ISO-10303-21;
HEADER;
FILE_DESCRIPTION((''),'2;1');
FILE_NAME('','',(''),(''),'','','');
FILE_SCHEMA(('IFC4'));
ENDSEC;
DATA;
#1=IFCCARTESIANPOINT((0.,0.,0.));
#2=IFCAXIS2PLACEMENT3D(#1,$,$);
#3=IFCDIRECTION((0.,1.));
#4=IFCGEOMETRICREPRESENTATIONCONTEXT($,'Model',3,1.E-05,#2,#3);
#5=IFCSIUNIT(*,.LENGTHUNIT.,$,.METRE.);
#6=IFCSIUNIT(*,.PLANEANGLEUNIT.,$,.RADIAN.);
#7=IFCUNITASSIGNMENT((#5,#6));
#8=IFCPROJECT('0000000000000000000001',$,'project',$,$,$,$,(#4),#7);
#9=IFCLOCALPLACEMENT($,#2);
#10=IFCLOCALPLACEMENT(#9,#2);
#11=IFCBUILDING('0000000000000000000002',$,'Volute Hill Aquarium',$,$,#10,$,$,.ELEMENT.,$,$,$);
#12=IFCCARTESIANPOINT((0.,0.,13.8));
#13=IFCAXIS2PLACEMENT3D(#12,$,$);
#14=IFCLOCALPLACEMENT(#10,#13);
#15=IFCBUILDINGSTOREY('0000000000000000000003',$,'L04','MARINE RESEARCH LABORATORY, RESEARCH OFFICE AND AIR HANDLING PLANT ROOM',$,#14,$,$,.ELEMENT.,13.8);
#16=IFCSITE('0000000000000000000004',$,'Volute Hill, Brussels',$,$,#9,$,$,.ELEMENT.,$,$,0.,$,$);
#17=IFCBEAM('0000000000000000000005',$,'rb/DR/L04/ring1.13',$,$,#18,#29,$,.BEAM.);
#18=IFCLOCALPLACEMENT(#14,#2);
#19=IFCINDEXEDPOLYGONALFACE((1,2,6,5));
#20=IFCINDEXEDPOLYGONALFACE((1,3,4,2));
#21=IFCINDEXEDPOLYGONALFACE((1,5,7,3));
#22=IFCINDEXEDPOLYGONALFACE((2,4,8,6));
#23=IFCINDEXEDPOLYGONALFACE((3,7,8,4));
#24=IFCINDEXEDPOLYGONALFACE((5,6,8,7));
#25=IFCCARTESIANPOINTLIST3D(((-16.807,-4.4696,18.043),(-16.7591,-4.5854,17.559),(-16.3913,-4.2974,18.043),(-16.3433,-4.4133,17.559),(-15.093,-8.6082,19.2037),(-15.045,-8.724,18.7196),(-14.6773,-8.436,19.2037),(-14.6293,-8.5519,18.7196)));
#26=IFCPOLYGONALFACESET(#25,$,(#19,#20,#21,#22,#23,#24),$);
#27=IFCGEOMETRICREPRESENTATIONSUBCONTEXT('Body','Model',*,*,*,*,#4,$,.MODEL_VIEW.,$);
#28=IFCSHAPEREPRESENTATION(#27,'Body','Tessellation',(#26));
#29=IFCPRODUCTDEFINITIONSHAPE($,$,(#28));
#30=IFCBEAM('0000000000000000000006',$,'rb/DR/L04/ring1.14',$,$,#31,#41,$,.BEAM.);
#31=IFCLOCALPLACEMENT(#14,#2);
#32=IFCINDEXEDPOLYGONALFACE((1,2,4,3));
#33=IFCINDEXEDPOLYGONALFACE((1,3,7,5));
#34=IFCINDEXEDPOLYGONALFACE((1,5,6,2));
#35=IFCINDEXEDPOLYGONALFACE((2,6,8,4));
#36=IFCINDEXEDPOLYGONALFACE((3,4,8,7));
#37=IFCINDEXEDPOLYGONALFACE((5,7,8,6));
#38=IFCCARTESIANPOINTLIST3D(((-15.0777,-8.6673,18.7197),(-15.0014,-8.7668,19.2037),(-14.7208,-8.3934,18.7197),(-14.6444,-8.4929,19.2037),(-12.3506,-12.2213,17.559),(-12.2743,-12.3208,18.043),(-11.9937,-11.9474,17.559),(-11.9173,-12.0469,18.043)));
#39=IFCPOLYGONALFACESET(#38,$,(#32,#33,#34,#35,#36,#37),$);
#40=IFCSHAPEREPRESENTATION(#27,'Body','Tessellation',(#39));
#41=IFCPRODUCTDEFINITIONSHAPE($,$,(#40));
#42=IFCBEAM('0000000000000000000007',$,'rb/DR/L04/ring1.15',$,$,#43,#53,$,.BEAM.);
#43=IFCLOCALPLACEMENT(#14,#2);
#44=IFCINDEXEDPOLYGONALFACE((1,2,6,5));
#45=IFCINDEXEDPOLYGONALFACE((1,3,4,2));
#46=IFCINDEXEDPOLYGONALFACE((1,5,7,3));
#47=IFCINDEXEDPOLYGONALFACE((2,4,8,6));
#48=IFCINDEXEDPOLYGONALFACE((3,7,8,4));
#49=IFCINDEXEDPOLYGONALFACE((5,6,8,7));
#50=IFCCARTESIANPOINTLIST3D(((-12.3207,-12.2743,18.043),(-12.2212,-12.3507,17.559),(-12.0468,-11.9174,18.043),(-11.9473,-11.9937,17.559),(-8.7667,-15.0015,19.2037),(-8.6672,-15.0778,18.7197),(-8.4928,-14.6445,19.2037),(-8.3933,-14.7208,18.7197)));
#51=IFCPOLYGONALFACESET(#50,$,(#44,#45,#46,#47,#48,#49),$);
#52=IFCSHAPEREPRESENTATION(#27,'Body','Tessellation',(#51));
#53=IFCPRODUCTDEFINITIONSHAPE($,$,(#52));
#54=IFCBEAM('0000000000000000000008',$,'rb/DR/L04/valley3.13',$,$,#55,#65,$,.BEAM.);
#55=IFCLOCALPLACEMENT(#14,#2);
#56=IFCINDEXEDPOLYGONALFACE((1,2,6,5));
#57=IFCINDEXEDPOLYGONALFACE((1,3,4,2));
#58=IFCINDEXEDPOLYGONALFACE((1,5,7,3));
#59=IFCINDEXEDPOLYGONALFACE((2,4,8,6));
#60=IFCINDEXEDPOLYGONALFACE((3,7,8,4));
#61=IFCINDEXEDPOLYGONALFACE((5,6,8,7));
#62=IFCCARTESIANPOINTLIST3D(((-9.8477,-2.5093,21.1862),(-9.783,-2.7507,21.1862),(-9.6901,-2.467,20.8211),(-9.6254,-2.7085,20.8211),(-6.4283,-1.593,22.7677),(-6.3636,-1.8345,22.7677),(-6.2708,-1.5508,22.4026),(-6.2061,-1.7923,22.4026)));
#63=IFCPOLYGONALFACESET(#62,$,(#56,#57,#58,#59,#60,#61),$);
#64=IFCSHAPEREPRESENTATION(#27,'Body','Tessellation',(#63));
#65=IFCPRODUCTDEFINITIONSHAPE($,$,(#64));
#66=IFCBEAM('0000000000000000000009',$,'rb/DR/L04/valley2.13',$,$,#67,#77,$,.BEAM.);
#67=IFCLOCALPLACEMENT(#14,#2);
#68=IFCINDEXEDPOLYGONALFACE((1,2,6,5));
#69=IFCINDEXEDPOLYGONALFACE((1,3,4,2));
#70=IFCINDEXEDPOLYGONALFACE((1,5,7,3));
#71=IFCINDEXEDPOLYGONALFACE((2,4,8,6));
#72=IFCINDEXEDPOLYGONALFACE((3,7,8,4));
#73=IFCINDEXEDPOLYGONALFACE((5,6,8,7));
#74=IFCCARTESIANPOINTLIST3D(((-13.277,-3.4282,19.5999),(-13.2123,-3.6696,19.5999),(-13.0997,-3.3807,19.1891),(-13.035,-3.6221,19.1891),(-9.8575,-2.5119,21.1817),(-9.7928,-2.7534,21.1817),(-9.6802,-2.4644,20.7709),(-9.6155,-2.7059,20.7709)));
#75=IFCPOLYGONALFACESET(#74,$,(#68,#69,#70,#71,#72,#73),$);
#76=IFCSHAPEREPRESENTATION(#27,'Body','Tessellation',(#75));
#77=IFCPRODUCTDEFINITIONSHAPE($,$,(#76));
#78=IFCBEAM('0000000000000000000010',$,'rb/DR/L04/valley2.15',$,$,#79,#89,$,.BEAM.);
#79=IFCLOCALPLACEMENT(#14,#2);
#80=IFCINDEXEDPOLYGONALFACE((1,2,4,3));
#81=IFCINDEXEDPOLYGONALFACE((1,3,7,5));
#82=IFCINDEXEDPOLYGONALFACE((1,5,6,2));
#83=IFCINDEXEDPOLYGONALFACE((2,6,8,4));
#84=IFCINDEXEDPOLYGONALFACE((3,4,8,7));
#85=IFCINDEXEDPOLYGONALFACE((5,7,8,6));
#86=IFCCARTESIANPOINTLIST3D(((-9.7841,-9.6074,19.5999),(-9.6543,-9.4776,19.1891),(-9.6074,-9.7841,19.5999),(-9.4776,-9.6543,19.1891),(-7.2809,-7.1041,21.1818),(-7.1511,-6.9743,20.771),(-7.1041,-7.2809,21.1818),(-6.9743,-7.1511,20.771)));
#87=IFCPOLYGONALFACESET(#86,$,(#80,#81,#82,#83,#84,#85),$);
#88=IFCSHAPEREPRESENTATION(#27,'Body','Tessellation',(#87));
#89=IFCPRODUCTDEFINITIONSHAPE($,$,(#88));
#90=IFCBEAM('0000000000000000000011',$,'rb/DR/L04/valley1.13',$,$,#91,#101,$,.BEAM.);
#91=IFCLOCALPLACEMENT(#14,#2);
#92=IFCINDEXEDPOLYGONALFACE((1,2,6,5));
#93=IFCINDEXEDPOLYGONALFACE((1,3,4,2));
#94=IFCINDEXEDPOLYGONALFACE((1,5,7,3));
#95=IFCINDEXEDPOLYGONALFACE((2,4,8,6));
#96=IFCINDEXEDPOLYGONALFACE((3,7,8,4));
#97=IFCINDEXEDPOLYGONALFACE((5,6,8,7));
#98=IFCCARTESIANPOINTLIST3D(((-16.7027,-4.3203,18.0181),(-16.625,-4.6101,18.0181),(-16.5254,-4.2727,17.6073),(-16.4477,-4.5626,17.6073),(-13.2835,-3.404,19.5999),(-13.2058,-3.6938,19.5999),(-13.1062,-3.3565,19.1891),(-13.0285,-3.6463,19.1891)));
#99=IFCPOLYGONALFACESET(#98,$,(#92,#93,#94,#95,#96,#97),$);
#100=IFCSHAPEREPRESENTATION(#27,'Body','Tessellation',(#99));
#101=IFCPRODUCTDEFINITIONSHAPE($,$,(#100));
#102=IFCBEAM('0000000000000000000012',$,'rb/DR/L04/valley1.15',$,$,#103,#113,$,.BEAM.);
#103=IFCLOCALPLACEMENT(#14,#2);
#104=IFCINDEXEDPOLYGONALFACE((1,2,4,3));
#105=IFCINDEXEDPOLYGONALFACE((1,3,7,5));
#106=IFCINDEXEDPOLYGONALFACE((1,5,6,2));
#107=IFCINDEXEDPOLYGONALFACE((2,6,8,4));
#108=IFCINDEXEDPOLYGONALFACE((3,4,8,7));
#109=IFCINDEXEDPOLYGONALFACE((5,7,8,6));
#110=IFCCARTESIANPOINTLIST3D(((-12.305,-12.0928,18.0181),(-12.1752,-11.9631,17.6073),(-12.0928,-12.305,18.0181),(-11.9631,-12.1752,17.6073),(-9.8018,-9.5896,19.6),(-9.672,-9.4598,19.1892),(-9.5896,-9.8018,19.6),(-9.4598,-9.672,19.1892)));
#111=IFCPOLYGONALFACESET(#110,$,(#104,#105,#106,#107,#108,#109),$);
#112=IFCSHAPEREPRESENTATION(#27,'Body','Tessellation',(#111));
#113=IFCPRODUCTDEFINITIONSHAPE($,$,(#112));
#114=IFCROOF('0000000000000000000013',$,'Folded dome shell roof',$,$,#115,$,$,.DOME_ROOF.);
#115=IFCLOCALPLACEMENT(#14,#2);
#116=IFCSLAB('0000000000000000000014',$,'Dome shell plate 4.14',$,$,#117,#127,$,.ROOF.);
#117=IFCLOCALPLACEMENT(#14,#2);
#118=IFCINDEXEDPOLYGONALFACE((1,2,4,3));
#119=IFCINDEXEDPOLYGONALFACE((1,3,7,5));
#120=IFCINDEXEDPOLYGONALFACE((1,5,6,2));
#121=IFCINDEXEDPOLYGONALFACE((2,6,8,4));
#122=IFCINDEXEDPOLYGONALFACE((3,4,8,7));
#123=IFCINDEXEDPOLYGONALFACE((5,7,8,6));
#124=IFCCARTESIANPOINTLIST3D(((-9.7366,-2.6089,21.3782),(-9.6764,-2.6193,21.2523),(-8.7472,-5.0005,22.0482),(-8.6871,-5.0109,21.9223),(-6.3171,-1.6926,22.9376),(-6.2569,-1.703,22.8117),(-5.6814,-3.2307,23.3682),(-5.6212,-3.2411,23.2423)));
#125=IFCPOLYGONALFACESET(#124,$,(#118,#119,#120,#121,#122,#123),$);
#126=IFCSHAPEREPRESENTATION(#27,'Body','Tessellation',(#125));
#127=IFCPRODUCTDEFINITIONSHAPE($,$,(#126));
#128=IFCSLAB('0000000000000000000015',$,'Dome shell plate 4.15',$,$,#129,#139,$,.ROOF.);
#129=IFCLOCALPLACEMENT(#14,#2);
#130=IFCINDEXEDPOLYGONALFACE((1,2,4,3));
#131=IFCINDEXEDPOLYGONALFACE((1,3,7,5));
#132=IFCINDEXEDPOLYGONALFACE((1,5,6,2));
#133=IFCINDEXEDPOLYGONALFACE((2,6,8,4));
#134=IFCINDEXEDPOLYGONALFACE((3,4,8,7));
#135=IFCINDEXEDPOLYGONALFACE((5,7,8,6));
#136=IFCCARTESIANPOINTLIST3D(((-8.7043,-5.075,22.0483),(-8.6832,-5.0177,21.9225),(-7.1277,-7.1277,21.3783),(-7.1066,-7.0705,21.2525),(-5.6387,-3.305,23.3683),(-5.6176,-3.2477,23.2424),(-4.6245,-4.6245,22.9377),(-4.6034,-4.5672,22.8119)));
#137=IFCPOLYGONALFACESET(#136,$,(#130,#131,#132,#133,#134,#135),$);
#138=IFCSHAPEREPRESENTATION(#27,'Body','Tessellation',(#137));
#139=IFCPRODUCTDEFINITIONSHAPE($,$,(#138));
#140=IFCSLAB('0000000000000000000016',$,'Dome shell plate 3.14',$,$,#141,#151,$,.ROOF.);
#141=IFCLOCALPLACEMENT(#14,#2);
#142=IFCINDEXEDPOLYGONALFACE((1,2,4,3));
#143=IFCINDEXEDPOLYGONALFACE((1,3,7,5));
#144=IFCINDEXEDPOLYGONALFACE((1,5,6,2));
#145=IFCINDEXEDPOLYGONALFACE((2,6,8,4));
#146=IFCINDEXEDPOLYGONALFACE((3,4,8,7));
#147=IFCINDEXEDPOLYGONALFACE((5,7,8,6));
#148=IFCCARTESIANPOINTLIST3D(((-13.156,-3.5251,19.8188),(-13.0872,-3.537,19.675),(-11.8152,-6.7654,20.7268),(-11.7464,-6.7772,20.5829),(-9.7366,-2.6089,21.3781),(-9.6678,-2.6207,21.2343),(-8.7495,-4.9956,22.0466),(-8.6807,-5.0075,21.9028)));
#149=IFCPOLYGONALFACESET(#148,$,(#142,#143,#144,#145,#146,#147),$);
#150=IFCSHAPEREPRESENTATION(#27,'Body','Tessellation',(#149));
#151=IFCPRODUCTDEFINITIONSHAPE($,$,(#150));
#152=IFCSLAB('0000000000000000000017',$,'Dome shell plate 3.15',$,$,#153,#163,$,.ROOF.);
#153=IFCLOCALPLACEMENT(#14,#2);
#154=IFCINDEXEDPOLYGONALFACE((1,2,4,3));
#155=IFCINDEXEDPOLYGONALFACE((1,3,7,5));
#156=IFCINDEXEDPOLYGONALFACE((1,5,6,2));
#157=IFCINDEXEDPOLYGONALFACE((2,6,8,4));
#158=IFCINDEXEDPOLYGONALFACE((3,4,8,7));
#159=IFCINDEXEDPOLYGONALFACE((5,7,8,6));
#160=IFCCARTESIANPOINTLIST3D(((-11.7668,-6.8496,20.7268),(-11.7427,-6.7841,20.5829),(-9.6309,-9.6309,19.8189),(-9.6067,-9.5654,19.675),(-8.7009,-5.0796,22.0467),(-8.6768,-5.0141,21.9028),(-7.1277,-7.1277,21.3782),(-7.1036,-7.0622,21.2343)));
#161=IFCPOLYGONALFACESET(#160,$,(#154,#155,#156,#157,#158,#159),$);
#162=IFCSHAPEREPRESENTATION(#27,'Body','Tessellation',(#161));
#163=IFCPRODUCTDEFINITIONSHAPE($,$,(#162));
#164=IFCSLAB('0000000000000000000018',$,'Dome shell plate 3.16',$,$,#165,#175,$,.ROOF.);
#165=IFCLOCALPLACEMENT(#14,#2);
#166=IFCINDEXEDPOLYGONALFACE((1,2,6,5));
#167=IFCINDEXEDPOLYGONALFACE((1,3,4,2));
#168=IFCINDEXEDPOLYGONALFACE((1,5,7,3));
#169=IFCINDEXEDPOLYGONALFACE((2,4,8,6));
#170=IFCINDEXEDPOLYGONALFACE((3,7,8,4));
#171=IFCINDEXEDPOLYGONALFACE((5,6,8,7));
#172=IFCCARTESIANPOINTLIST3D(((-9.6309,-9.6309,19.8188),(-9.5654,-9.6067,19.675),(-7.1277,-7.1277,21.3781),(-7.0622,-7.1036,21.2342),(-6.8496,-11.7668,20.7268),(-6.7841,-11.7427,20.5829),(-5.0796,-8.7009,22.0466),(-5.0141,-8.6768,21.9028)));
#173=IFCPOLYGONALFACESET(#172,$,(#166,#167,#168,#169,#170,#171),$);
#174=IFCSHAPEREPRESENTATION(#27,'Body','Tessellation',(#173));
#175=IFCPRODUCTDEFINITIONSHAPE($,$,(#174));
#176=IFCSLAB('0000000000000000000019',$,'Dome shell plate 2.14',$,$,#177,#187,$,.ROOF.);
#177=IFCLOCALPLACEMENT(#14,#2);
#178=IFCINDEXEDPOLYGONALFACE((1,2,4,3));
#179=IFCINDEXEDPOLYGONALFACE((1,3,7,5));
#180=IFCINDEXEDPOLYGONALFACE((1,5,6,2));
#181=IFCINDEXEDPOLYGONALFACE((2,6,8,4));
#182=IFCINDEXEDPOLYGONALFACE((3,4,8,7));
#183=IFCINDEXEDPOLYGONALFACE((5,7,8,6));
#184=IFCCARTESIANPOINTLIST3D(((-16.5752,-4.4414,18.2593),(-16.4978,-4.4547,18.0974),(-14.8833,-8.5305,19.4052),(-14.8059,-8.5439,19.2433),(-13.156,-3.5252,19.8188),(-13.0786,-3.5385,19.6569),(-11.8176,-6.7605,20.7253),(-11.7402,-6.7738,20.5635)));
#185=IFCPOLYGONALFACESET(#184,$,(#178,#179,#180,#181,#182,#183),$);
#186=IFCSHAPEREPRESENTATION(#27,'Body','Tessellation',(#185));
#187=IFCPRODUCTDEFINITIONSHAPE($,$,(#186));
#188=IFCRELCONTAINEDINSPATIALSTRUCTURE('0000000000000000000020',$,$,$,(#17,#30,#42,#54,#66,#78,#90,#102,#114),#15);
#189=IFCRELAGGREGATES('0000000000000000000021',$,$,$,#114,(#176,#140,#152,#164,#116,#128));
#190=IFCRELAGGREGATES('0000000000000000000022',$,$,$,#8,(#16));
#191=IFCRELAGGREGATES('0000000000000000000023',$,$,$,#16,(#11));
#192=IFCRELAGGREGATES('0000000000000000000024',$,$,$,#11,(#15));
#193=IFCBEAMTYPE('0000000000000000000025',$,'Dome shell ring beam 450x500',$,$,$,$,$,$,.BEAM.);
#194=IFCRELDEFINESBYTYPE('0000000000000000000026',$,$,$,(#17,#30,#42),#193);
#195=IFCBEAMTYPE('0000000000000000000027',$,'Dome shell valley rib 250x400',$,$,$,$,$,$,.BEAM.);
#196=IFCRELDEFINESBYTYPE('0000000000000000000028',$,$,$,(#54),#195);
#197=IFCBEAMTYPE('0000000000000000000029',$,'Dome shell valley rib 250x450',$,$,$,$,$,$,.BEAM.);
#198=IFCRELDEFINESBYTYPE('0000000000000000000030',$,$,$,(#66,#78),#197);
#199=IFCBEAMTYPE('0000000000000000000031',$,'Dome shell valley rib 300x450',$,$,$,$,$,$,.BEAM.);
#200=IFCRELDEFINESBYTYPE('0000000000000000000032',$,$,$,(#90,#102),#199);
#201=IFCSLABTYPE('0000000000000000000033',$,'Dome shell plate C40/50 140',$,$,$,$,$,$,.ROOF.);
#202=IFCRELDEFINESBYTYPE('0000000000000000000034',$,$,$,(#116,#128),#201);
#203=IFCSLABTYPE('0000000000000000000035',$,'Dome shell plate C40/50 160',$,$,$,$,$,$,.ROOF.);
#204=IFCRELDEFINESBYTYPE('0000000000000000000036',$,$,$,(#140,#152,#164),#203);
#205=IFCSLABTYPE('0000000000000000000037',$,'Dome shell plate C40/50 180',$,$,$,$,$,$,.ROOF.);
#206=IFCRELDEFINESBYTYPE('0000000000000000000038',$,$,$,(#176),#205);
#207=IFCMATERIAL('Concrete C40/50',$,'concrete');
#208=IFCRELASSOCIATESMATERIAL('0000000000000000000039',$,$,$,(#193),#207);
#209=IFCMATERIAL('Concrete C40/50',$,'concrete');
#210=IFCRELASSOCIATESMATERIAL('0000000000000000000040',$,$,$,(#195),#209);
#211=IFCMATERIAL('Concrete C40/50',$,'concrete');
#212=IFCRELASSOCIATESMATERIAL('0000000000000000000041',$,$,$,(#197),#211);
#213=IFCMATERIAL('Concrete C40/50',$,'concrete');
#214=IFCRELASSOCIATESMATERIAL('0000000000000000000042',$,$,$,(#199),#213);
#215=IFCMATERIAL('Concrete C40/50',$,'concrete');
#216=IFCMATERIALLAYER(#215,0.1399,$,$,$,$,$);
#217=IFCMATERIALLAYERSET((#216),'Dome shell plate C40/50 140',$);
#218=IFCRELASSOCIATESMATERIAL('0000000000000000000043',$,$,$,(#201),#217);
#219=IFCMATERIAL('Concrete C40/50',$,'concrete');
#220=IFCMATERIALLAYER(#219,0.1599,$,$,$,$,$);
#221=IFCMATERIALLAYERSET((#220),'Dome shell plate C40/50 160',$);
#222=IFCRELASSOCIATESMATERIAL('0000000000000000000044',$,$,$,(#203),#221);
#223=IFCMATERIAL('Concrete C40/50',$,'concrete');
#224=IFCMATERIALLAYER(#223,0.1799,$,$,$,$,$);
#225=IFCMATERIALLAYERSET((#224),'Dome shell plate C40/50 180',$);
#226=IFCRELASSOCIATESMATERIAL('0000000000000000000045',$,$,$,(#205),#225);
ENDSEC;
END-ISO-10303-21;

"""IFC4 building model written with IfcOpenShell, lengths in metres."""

from ifc_helpers import new_model, si_unit, direction, frame, origin, origin_2d, place, context, subcontext, project, spatial, polyline, rectangle, outline, extrude, material, layer, layer_set, material_profile, profile_set, type_object, element, aggregate, save


model = new_model("IFC4")

# Units and contexts
model_context = context("Model", 3, precision=1e-05, world=origin(), true_north=direction((0.0, 1.0)))
body_context = subcontext(model_context, "Body", "Model", "MODEL_VIEW")
ifc_project = project(units=[si_unit("LENGTHUNIT", "METRE"), si_unit("PLANEANGLEUNIT", "RADIAN")], contexts=[model_context])

# Site, building, storey
site_placement = place(None, origin())
site = spatial("IfcSite", under=ifc_project, at=site_placement, Name="Volute Hill, Brussels", CompositionType="ELEMENT", RefElevation=0.0)
building_placement = place(site_placement, origin())
building = spatial("IfcBuilding", under=site, at=building_placement, Name="Volute Hill Aquarium", CompositionType="ELEMENT")
storey_placement = place(building_placement, frame((0.0, 0.0, 13.8)))
storey = spatial("IfcBuildingStorey", under=building, at=storey_placement, Name="L04", Description="MARINE RESEARCH LABORATORY, RESEARCH OFFICE AND AIR HANDLING PLANT ROOM", CompositionType="ELEMENT", Elevation=13.8)

# Beams
ifc_material_1 = material(Name="Concrete C40/50", Category="concrete")
ifc_material_profile_1 = material_profile(ifc_material_1, rectangle(XDim=0.45, YDim=0.5, at=origin_2d()), Name="RC beam 450x500")
ifc_profile_set_1 = profile_set([ifc_material_profile_1], Name="Concrete C40/50")
beam_type_1 = type_object("IfcBeamType", Name="Dome shell ring beam 450x500", PredefinedType="BEAM", material=ifc_profile_set_1)
beam_1_placement = place(storey_placement, frame((-16.5752, -4.4414, 17.801), z_axis=(0.370417, -0.894362, 0.250814), x_axis=(0.923894, 0.382649, 0.0)))
element("IfcBeam", 1, at=beam_1_placement, inside=storey, type_object=beam_type_1, Name="rb/DR/L04/ring1.13", PredefinedType="BEAM", context=body_context, shape_type="SweptSolid", body=[
    extrude(rectangle(XDim=0.45, YDim=0.5, at=origin_2d()), origin(), (0.0, 0.0, 1.0), 4.6274),
])
for number, where, z_axis, x_axis, name in (
    (2, (-14.8611, -8.5801, 18.9617), (0.589304, -0.767994, -0.25081), (0.793353, 0.608762, 0.0), "rb/DR/L04/ring1.14"),
    (3, (-12.134, -12.134, 17.801), (0.767994, -0.589304, 0.25081), (0.608762, 0.793353, 0.0), "rb/DR/L04/ring1.15"),
):
    element("IfcBeam", number, at=place(storey_placement, frame(where, z_axis=z_axis, x_axis=x_axis)), inside=storey, type_object=beam_type_1, Name=name, PredefinedType="BEAM", context=body_context, shape_type="SweptSolid", body=[
        extrude(rectangle(XDim=0.45, YDim=0.5, at=origin_2d()), origin(), (0.0, 0.0, 1.0), 4.6277),
    ])
ifc_material_2 = material(Name="Concrete C40/50", Category="concrete")
ifc_material_profile_2 = material_profile(ifc_material_2, rectangle(XDim=0.25, YDim=0.3999, at=origin_2d()), Name="RC rib 250x400")
ifc_profile_set_2 = profile_set([ifc_material_profile_2], Name="Concrete C40/50")
beam_type_2 = type_object("IfcBeamType", Name="Dome shell valley rib 250x400", PredefinedType="BEAM", material=ifc_profile_set_2)
beam_2_placement = place(storey_placement, frame((-9.7366, -2.6089, 21.0037), z_axis=(0.881915, 0.236315, 0.4079), x_axis=(-0.258826, 0.965924, 0.0)))
element("IfcBeam", 4, at=beam_2_placement, inside=storey, type_object=beam_type_2, Name="rb/DR/L04/valley3.13", PredefinedType="BEAM", context=body_context, shape_type="SweptSolid", body=[
    extrude(rectangle(XDim=0.25, YDim=0.3999, at=origin_2d()), origin(), (0.0, 0.0, 1.0), 3.8772),
])
ifc_material_3 = material(Name="Concrete C40/50", Category="concrete")
ifc_material_profile_3 = material_profile(ifc_material_3, rectangle(XDim=0.25, YDim=0.45, at=origin_2d()), Name="RC rib 250x450")
ifc_profile_set_3 = profile_set([ifc_material_profile_3], Name="Concrete C40/50")
beam_type_3 = type_object("IfcBeamType", Name="Dome shell valley rib 250x450", PredefinedType="BEAM", material=ifc_profile_set_3)
for number, where, z_axis, x_axis, name in (
    (5, (-13.156, -3.5251, 19.3945), (0.881892, 0.236309, 0.407952), (-0.258826, 0.965924, 0.0), "rb/DR/L04/valley2.13"),
    (6, (-9.6309, -9.6309, 19.3945), (0.64559, 0.64559, 0.407956), (-0.707107, 0.707107, 0.0), "rb/DR/L04/valley2.15"),
):
    element("IfcBeam", number, at=place(storey_placement, frame(where, z_axis=z_axis, x_axis=x_axis)), inside=storey, type_object=beam_type_3, Name=name, PredefinedType="BEAM", context=body_context, shape_type="SweptSolid", body=[
        extrude(rectangle(XDim=0.25, YDim=0.45, at=origin_2d()), origin(), (0.0, 0.0, 1.0), 3.8774),
    ])
ifc_material_4 = material(Name="Concrete C40/50", Category="concrete")
ifc_material_profile_4 = material_profile(ifc_material_4, rectangle(XDim=0.3, YDim=0.45, at=origin_2d()), Name="RC rib 300x450")
ifc_profile_set_4 = profile_set([ifc_material_profile_4], Name="Concrete C40/50")
beam_type_4 = type_object("IfcBeamType", Name="Dome shell valley rib 300x450", PredefinedType="BEAM", material=ifc_profile_set_4)
beam_3_placement = place(storey_placement, frame((-16.5752, -4.4414, 17.8127), z_axis=(0.881878, 0.236322, 0.407975), x_axis=(-0.258843, 0.965919, 0.0)))
element("IfcBeam", 7, at=beam_3_placement, inside=storey, type_object=beam_type_4, Name="rb/DR/L04/valley1.13", PredefinedType="BEAM", context=body_context, shape_type="SweptSolid", body=[
    extrude(rectangle(XDim=0.3, YDim=0.45, at=origin_2d()), origin(), (0.0, 0.0, 1.0), 3.8772),
])
beam_4_placement = place(storey_placement, frame((-12.134, -12.134, 17.8127), z_axis=(0.64559, 0.64559, 0.407956), x_axis=(-0.707107, 0.707107, 0.0)))
element("IfcBeam", 8, at=beam_4_placement, inside=storey, type_object=beam_type_4, Name="rb/DR/L04/valley1.15", PredefinedType="BEAM", context=body_context, shape_type="SweptSolid", body=[
    extrude(rectangle(XDim=0.3, YDim=0.45, at=origin_2d()), origin(), (0.0, 0.0, 1.0), 3.8774),
])

# Roof, slabs
roof_placement = place(storey_placement, origin())
roof = element("IfcRoof", 9, at=roof_placement, inside=storey, Name="Folded dome shell roof", PredefinedType="DOME_ROOF")
ifc_material_5 = material(Name="Concrete C40/50", Category="concrete")
ifc_layer_1 = layer(ifc_material_5, 0.1399)
ifc_layer_set_1 = layer_set([ifc_layer_1], Name="Dome shell plate C40/50 140")
slab_type_1 = type_object("IfcSlabType", Name="Dome shell plate C40/50 140", PredefinedType="ROOF", material=ifc_layer_set_1)
slab_1_placement = place(storey_placement, frame((-9.7366, -2.6089, 21.3782), z_axis=(-0.43015, 0.074106, 0.899711), x_axis=(0.370057, -0.894569, 0.250606)))
slab_1 = element("IfcSlab", 10, at=slab_1_placement, type_object=slab_type_1, Name="Dome shell plate 4.14", PredefinedType="ROOF", context=body_context, shape_type="SweptSolid", body=[
    extrude(outline(polyline([(0.0, 0.0), (2.6735, 0.0), (2.5556, 3.7762), (0.8366, 3.7768), (0.0, 0.0)])), origin(), (0.0, 0.0, -1.0), 0.1399),
])
slab_2_placement = place(storey_placement, frame((-8.7043, -5.075, 22.0483), z_axis=(-0.150917, -0.409572, 0.899708), x_axis=(0.589682, -0.767773, -0.250598)))
slab_2 = element("IfcSlab", 11, at=slab_2_placement, type_object=slab_type_1, Name="Dome shell plate 4.15", PredefinedType="ROOF", context=body_context, shape_type="SweptSolid", body=[
    extrude(outline(polyline([(0.0, 0.0), (2.6737, 0.0), (1.8371, 3.7768), (0.1181, 3.7762), (0.0, 0.0)])), origin(), (0.0, 0.0, -1.0), 0.1399),
])
ifc_material_6 = material(Name="Concrete C40/50", Category="concrete")
ifc_layer_2 = layer(ifc_material_6, 0.1599)
ifc_layer_set_2 = layer_set([ifc_layer_2], Name="Dome shell plate C40/50 160")
slab_type_2 = type_object("IfcSlabType", Name="Dome shell plate C40/50 160", PredefinedType="ROOF", material=ifc_layer_set_2)
slab_3_placement = place(storey_placement, frame((-13.156, -3.5251, 19.8188), z_axis=(-0.430137, 0.074111, 0.899716), x_axis=(0.370157, -0.894516, 0.250648)))
slab_3 = element("IfcSlab", 12, at=slab_3_placement, type_object=slab_type_2, Name="Dome shell plate 3.14", PredefinedType="ROOF", context=body_context, shape_type="SweptSolid", body=[
    extrude(outline(polyline([(0.0, 0.0), (3.6223, 0.0), (3.5048, 3.7761), (0.837, 3.7766), (0.0, 0.0)])), origin(), (0.0, 0.0, -1.0), 0.1599),
])
slab_4_placement = place(storey_placement, frame((-11.7668, -6.8496, 20.7268), z_axis=(-0.150876, -0.409571, 0.899716), x_axis=(0.589649, -0.767787, -0.250634)))
slab_4 = element("IfcSlab", 13, at=slab_4_placement, type_object=slab_type_2, Name="Dome shell plate 3.15", PredefinedType="ROOF", context=body_context, shape_type="SweptSolid", body=[
    extrude(outline(polyline([(0.0, 0.0), (3.6225, 0.0), (2.7857, 3.7767), (0.118, 3.7764), (0.0, 0.0)])), origin(), (0.0, 0.0, -1.0), 0.1599),
])
slab_5_placement = place(storey_placement, frame((-9.6309, -9.6309, 19.8188), z_axis=(-0.409571, -0.150876, 0.899716), x_axis=(0.767787, -0.589649, 0.250634)))
slab_5 = element("IfcSlab", 14, at=slab_5_placement, type_object=slab_type_2, Name="Dome shell plate 3.16", PredefinedType="ROOF", context=body_context, shape_type="SweptSolid", body=[
    extrude(outline(polyline([(0.0, 0.0), (3.6225, 0.0), (3.5044, 3.7764), (0.8367, 3.7767), (0.0, 0.0)])), origin(), (0.0, 0.0, -1.0), 0.1599),
])
ifc_material_7 = material(Name="Concrete C40/50", Category="concrete")
ifc_layer_3 = layer(ifc_material_7, 0.1799)
ifc_layer_set_3 = layer_set([ifc_layer_3], Name="Dome shell plate C40/50 180")
slab_type_3 = type_object("IfcSlabType", Name="Dome shell plate C40/50 180", PredefinedType="ROOF", material=ifc_layer_set_3)
slab_6_placement = place(storey_placement, frame((-16.5752, -4.4414, 18.2593), z_axis=(-0.430213, 0.074124, 0.899679), x_axis=(0.370118, -0.894522, 0.250684)))
slab_6 = element("IfcSlab", 15, at=slab_6_placement, type_object=slab_type_3, Name="Dome shell plate 2.14", PredefinedType="ROOF", context=body_context, shape_type="SweptSolid", body=[
    extrude(outline(polyline([(0.0, 0.0), (4.5713, 0.0), (4.4535, 3.7762), (0.8369, 3.7765), (0.0, 0.0)])), origin(), (0.0, 0.0, -1.0), 0.1799),
])
aggregate(roof, [slab_6, slab_3, slab_4, slab_5, slab_1, slab_2])

save(model, "model.ifc")
